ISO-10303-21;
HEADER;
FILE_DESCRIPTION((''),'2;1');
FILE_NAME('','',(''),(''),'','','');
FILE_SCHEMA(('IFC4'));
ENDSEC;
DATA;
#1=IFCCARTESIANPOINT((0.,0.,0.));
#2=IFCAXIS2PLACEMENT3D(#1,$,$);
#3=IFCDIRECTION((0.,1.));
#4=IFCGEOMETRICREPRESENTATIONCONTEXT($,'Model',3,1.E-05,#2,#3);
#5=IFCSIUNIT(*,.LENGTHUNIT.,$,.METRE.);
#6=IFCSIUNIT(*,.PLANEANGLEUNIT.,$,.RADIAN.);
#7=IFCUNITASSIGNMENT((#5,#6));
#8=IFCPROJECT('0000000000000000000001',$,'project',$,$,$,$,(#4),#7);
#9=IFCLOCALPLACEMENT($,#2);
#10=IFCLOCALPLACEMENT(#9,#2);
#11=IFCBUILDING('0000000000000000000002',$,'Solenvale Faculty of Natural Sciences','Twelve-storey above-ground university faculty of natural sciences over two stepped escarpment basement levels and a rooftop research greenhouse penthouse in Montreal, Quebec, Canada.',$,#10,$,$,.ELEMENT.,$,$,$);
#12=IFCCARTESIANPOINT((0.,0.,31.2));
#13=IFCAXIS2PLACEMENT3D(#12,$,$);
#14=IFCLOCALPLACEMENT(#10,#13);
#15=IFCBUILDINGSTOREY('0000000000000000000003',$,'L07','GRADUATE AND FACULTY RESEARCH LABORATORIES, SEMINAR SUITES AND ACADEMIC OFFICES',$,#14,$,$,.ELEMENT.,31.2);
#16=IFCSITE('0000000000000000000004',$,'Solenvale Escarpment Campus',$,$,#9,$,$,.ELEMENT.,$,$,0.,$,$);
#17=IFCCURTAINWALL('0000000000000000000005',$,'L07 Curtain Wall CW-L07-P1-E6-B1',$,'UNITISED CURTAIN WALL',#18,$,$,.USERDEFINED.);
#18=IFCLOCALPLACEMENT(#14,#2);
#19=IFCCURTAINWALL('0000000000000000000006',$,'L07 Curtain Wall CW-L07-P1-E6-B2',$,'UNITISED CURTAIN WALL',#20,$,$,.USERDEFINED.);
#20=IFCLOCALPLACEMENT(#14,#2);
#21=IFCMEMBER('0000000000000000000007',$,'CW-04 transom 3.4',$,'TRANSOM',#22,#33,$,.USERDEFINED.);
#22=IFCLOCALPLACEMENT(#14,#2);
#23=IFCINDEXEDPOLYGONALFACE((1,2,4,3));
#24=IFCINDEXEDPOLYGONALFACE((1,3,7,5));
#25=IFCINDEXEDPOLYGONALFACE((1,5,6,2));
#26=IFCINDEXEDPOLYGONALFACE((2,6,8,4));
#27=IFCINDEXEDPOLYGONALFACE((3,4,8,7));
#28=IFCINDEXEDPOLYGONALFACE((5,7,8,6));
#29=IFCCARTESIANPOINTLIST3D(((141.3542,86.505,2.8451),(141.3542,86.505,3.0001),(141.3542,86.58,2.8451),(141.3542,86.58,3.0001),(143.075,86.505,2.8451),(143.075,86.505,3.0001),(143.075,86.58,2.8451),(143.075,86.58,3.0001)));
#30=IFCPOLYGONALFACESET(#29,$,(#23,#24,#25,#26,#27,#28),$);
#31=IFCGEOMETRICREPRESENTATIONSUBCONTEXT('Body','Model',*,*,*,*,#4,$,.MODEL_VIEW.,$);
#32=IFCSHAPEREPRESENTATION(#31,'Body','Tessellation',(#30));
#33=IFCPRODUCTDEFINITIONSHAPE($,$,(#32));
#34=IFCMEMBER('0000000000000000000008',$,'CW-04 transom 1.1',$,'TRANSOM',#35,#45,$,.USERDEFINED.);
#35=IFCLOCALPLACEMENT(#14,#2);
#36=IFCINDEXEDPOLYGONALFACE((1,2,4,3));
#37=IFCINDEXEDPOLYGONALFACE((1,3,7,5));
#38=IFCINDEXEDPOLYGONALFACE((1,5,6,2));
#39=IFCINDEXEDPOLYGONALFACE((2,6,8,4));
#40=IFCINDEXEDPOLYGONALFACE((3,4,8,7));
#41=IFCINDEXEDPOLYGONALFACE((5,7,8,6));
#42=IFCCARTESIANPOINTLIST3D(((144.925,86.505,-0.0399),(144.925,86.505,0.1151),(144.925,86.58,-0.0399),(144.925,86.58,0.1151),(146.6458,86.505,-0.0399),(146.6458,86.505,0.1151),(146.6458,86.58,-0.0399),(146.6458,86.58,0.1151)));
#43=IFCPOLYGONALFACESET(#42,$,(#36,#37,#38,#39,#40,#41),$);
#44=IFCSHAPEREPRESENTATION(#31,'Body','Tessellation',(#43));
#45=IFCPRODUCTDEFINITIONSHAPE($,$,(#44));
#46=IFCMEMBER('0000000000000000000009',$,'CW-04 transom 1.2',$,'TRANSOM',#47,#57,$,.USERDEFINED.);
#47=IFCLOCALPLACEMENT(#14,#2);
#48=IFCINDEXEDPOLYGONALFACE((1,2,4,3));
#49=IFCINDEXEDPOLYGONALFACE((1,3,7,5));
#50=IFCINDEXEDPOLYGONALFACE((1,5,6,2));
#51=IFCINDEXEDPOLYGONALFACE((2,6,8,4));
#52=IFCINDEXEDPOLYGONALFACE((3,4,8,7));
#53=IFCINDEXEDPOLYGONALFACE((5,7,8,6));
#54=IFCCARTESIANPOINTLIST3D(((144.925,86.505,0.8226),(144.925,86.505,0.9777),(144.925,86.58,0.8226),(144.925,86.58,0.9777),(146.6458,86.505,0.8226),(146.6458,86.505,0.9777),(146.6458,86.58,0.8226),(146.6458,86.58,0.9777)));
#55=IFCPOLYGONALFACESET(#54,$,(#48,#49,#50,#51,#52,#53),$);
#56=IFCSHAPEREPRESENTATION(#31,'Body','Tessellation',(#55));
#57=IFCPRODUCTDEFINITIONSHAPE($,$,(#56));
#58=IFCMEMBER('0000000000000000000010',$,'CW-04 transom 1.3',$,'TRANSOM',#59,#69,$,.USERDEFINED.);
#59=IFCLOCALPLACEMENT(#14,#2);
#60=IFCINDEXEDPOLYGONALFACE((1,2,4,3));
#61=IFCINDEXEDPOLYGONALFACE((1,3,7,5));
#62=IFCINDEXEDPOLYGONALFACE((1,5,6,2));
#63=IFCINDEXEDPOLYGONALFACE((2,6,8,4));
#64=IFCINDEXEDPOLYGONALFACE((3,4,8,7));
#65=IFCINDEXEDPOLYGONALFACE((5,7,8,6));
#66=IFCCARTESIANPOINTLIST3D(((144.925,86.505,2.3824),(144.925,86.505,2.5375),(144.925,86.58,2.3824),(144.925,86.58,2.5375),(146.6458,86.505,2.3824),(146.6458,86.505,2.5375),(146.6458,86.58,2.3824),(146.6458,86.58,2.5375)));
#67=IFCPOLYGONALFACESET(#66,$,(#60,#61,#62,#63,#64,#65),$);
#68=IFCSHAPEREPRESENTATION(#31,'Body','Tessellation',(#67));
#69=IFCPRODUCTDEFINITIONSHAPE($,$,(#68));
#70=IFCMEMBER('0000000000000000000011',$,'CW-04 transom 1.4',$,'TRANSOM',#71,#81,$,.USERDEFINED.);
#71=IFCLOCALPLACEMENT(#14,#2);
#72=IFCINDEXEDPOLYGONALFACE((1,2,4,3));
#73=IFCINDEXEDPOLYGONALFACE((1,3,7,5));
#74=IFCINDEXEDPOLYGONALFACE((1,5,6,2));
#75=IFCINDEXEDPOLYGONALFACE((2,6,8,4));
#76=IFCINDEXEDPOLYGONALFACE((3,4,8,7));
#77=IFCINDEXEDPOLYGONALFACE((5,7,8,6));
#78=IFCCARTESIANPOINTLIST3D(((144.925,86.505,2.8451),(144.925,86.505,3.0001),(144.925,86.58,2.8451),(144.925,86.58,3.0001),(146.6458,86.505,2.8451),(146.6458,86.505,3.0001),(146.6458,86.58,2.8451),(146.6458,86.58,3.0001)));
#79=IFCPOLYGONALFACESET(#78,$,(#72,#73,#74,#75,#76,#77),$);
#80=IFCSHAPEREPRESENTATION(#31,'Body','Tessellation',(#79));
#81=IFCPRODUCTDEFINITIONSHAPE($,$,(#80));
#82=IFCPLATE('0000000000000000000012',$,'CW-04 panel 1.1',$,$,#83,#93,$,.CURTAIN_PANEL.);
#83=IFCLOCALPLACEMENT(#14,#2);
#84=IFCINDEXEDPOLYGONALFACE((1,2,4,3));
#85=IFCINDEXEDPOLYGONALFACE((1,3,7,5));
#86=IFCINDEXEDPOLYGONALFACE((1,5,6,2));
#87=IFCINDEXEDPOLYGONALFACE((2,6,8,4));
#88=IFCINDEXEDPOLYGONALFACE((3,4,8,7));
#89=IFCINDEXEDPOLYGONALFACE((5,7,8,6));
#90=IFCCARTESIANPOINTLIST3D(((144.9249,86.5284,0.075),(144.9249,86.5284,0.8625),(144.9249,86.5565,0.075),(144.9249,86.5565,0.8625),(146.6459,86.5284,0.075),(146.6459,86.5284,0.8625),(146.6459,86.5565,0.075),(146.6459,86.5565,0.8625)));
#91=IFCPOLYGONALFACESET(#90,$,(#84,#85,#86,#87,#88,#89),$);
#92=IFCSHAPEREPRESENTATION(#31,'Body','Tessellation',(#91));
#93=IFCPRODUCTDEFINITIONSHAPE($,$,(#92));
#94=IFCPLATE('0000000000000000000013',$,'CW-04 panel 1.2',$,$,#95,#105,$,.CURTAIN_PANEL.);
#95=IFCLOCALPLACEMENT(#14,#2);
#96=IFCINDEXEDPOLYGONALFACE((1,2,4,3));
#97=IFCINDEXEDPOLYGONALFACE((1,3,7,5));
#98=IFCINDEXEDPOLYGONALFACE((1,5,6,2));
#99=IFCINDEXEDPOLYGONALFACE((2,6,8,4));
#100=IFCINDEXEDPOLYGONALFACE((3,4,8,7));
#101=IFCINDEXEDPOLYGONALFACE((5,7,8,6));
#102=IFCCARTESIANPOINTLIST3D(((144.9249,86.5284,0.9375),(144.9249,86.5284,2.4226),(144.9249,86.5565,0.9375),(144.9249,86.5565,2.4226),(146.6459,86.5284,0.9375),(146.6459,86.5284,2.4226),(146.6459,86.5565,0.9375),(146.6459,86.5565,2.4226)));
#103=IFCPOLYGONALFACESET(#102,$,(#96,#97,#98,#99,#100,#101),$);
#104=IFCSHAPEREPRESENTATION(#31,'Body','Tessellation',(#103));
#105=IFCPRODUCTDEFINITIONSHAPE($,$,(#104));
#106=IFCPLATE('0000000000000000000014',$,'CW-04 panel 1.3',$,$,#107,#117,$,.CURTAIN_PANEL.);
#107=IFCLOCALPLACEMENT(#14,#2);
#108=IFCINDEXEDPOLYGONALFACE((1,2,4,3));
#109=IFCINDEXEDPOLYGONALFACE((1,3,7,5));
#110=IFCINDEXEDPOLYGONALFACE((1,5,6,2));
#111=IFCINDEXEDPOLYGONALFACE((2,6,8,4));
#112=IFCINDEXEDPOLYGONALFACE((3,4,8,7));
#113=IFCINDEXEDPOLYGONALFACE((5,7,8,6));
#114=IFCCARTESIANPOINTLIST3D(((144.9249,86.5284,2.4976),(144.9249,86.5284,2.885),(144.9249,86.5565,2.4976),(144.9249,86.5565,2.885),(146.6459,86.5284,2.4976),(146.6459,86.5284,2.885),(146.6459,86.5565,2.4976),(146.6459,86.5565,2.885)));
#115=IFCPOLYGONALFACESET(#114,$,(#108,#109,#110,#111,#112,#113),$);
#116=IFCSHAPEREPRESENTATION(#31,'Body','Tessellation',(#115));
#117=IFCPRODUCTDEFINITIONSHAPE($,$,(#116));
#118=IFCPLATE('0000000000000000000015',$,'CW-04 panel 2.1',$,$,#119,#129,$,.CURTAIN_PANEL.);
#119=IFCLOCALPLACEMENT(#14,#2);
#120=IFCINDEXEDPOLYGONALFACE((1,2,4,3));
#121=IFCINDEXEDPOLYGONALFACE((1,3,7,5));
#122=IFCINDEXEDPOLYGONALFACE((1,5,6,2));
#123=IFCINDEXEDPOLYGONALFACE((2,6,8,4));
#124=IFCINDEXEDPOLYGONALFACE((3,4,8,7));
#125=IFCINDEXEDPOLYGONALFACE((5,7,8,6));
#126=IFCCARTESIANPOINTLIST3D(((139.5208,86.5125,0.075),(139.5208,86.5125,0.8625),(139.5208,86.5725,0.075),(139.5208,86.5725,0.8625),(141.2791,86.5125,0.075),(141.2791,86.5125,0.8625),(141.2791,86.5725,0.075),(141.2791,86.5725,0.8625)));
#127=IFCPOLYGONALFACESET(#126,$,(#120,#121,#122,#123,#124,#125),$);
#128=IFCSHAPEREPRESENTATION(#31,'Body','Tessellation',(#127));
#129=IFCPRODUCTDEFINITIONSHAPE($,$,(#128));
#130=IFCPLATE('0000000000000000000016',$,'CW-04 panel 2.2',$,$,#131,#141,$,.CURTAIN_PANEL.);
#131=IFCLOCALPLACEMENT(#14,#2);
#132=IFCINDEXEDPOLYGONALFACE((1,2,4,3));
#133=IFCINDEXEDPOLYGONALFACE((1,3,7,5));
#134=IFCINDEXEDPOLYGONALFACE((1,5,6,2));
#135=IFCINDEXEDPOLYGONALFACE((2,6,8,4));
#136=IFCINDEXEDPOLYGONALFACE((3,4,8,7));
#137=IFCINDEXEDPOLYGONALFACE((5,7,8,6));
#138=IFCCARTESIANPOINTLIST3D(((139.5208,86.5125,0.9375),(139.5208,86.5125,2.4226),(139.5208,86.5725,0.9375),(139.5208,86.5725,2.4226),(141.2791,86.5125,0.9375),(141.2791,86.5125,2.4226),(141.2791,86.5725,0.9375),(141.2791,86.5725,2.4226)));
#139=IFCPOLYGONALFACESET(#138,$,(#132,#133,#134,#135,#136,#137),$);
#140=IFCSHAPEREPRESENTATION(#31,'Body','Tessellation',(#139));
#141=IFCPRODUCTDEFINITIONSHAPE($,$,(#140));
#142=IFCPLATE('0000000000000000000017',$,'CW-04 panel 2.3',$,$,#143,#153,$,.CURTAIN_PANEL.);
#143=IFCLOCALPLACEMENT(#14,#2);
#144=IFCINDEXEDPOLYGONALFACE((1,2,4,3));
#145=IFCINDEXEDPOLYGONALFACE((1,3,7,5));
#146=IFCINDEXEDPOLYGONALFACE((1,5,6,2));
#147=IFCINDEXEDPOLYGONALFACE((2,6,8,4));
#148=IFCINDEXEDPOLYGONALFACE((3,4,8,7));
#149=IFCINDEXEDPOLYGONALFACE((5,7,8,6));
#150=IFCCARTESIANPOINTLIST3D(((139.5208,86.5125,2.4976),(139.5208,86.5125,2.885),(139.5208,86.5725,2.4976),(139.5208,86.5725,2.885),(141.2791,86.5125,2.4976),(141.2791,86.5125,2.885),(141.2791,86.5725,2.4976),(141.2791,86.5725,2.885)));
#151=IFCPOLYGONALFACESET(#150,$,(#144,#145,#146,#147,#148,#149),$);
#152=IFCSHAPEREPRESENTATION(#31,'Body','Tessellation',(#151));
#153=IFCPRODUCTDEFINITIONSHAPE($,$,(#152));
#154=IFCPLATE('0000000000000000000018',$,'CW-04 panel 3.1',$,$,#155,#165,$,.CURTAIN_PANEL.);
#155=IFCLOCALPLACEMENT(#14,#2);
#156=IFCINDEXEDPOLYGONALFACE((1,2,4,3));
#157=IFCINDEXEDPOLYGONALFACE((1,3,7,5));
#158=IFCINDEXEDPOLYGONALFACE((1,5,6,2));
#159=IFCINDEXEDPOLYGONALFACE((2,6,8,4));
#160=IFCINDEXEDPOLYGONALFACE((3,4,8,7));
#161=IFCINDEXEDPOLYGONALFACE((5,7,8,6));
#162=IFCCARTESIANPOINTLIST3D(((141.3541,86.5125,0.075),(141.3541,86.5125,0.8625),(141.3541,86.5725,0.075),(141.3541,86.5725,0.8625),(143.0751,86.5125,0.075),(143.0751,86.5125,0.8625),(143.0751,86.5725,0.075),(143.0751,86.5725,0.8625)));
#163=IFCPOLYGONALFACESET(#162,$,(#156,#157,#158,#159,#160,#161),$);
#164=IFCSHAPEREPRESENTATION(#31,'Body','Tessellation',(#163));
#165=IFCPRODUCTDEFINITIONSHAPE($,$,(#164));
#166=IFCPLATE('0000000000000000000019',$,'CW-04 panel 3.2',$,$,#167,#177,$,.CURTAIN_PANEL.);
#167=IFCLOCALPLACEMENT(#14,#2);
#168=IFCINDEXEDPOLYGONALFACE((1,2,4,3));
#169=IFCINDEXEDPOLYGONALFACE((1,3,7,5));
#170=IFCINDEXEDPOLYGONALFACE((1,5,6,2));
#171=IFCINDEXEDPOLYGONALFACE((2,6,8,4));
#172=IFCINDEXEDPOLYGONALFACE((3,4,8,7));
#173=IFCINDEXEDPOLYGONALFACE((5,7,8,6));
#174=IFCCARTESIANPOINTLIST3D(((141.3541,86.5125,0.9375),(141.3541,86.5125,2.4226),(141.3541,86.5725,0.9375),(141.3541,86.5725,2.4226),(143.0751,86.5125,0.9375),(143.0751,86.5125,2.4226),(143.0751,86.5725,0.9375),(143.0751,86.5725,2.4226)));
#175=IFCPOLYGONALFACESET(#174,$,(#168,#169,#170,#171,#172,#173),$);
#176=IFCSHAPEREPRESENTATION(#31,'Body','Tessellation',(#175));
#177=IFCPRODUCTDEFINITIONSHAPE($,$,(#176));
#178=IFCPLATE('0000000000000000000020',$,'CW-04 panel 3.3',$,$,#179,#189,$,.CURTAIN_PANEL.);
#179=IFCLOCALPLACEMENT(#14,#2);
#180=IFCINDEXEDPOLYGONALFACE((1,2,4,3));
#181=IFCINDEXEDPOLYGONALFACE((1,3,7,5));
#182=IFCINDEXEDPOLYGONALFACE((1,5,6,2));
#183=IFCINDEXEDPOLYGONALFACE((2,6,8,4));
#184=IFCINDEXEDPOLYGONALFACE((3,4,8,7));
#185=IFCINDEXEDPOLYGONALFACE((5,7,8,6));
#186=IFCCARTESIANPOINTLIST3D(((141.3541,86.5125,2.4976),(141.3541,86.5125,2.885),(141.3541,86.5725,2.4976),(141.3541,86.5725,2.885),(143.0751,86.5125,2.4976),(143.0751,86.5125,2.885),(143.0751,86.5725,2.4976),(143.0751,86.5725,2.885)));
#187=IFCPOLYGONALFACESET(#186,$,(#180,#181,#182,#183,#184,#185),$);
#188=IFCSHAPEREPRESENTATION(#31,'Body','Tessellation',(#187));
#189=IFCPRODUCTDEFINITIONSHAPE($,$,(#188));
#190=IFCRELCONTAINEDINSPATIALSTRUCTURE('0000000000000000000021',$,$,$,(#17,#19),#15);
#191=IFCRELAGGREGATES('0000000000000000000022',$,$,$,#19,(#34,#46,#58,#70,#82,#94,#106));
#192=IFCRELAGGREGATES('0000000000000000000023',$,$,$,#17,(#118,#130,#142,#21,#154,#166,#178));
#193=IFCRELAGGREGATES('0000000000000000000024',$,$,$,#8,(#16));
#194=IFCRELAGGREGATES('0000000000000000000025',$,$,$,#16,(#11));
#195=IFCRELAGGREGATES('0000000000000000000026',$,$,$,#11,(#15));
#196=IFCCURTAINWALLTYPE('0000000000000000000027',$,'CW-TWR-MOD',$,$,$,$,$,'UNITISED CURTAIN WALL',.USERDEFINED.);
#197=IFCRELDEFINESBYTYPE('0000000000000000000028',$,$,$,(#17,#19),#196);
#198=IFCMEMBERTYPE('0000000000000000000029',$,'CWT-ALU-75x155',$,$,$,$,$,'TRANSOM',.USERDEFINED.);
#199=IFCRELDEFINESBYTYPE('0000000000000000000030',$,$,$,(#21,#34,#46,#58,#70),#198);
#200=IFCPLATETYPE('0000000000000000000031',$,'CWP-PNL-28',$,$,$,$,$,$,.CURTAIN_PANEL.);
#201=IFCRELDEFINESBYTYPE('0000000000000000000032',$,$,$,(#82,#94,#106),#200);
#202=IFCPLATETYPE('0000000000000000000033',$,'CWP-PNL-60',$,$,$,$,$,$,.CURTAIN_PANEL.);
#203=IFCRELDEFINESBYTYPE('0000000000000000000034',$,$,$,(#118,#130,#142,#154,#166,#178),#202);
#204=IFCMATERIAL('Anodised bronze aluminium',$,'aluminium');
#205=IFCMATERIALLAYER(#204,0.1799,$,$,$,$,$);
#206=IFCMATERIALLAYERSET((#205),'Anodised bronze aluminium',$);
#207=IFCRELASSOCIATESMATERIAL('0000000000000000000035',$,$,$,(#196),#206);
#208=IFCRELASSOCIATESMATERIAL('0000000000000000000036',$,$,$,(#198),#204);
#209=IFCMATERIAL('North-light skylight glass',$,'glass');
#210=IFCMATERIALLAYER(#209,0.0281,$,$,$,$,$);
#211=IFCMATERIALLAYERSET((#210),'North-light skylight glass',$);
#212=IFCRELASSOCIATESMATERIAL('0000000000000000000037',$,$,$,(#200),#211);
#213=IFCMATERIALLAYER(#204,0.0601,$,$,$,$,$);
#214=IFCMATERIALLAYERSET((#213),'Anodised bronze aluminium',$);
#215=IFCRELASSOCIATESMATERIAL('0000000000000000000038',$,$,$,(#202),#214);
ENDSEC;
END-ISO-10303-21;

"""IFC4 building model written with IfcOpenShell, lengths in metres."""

from ifc_helpers import new_model, si_unit, direction, frame, origin, origin_2d, place, context, subcontext, project, spatial, rectangle, extrude, material, layer, layer_set, material_profile, profile_set, type_object, element, aggregate, save


model = new_model("IFC4")

# Units and contexts
model_context = context("Model", 3, precision=1e-05, world=origin(), true_north=direction((0.0, 1.0)))
body_context = subcontext(model_context, "Body", "Model", "MODEL_VIEW")
ifc_project = project(units=[si_unit("LENGTHUNIT", "METRE"), si_unit("PLANEANGLEUNIT", "RADIAN")], contexts=[model_context])

# Site, building, storey
site_placement = place(None, origin())
site = spatial("IfcSite", under=ifc_project, at=site_placement, Name="Solenvale Escarpment Campus", CompositionType="ELEMENT", RefElevation=0.0)
building_placement = place(site_placement, origin())
building = spatial("IfcBuilding", under=site, at=building_placement, Name="Solenvale Faculty of Natural Sciences", Description="Twelve-storey above-ground university faculty of natural sciences over two stepped escarpment basement levels and a rooftop research greenhouse penthouse in Montreal, Quebec, Canada.", CompositionType="ELEMENT")
storey_placement = place(building_placement, frame((0.0, 0.0, 31.2)))
storey = spatial("IfcBuildingStorey", under=building, at=storey_placement, Name="L07", Description="GRADUATE AND FACULTY RESEARCH LABORATORIES, SEMINAR SUITES AND ACADEMIC OFFICES", CompositionType="ELEMENT", Elevation=31.2)

# Curtain walls
ifc_material_1 = material(Name="Anodised bronze aluminium", Category="aluminium")
ifc_layer_1 = layer(ifc_material_1, 0.1799)
ifc_layer_set_1 = layer_set([ifc_layer_1], Name="Anodised bronze aluminium")
curtain_wall_type = type_object("IfcCurtainWallType", Name="CW-TWR-MOD", ElementType="UNITISED CURTAIN WALL", PredefinedType="USERDEFINED", material=ifc_layer_set_1)
curtain_wall_1_placement = place(storey_placement, origin())
curtain_wall_1 = element("IfcCurtainWall", 1, at=curtain_wall_1_placement, inside=storey, type_object=curtain_wall_type, Name="L07 Curtain Wall CW-L07-P1-E6-B1", ObjectType="UNITISED CURTAIN WALL", PredefinedType="USERDEFINED")
curtain_wall_2_placement = place(storey_placement, origin())
curtain_wall_2 = element("IfcCurtainWall", 2, at=curtain_wall_2_placement, inside=storey, type_object=curtain_wall_type, Name="L07 Curtain Wall CW-L07-P1-E6-B2", ObjectType="UNITISED CURTAIN WALL", PredefinedType="USERDEFINED")

# Members
ifc_material_profile_1 = material_profile(ifc_material_1, rectangle(XDim=0.075, YDim=0.155, at=origin_2d()), Name="ALU-TRN-75x155")
ifc_profile_set_1 = profile_set([ifc_material_profile_1], Name="Anodised bronze aluminium")
member_type_1 = type_object("IfcMemberType", Name="CWT-ALU-75x155", ElementType="TRANSOM", PredefinedType="USERDEFINED", material=ifc_profile_set_1)
member_1_placement = place(storey_placement, frame((141.3542, 86.5425, 2.9226), z_axis=(1.0, 0.0, 0.0), x_axis=(0.0, 1.0, 0.0)))
member_1 = element("IfcMember", 3, at=member_1_placement, type_object=member_type_1, Name="CW-04 transom 3.4", ObjectType="TRANSOM", PredefinedType="USERDEFINED", context=body_context, shape_type="SweptSolid", body=[
    extrude(rectangle(XDim=0.075, YDim=0.155, at=origin_2d()), origin(), (0.0, 0.0, 1.0), 1.7207),
])
member_2_placement = place(storey_placement, frame((144.925, 86.5425, 0.0376), z_axis=(1.0, 0.0, 0.0), x_axis=(0.0, 1.0, 0.0)))
member_2 = element("IfcMember", 4, at=member_2_placement, type_object=member_type_1, Name="CW-04 transom 1.1", ObjectType="TRANSOM", PredefinedType="USERDEFINED", context=body_context, shape_type="SweptSolid", body=[
    extrude(rectangle(XDim=0.075, YDim=0.155, at=origin_2d()), origin(), (0.0, 0.0, 1.0), 1.7207),
])
member_3_placement = place(storey_placement, frame((144.925, 86.5425, 0.9001), z_axis=(1.0, 0.0, 0.0), x_axis=(0.0, 1.0, 0.0)))
member_3 = element("IfcMember", 5, at=member_3_placement, type_object=member_type_1, Name="CW-04 transom 1.2", ObjectType="TRANSOM", PredefinedType="USERDEFINED", context=body_context, shape_type="SweptSolid", body=[
    extrude(rectangle(XDim=0.075, YDim=0.155, at=origin_2d()), origin(), (0.0, 0.0, 1.0), 1.7207),
])
member_4_placement = place(storey_placement, frame((144.925, 86.5425, 2.46), z_axis=(1.0, 0.0, 0.0), x_axis=(0.0, 1.0, 0.0)))
member_4 = element("IfcMember", 6, at=member_4_placement, type_object=member_type_1, Name="CW-04 transom 1.3", ObjectType="TRANSOM", PredefinedType="USERDEFINED", context=body_context, shape_type="SweptSolid", body=[
    extrude(rectangle(XDim=0.075, YDim=0.155, at=origin_2d()), origin(), (0.0, 0.0, 1.0), 1.7207),
])
member_5_placement = place(storey_placement, frame((144.925, 86.5425, 2.9226), z_axis=(1.0, 0.0, 0.0), x_axis=(0.0, 1.0, 0.0)))
member_5 = element("IfcMember", 7, at=member_5_placement, type_object=member_type_1, Name="CW-04 transom 1.4", ObjectType="TRANSOM", PredefinedType="USERDEFINED", context=body_context, shape_type="SweptSolid", body=[
    extrude(rectangle(XDim=0.075, YDim=0.155, at=origin_2d()), origin(), (0.0, 0.0, 1.0), 1.7207),
])

# Plates
ifc_material_2 = material(Name="North-light skylight glass", Category="glass")
ifc_layer_2 = layer(ifc_material_2, 0.0281)
ifc_layer_set_2 = layer_set([ifc_layer_2], Name="North-light skylight glass")
plate_type_1 = type_object("IfcPlateType", Name="CWP-PNL-28", PredefinedType="CURTAIN_PANEL", material=ifc_layer_set_2)
plate_1_placement = place(storey_placement, frame((145.7854, 86.5425, 0.075), z_axis=(0.0, 0.0, 1.0), x_axis=(1.0, 0.0, 0.0)))
plate_1 = element("IfcPlate", 8, at=plate_1_placement, type_object=plate_type_1, Name="CW-04 panel 1.1", PredefinedType="CURTAIN_PANEL", context=body_context, shape_type="SweptSolid", body=[
    extrude(rectangle(XDim=1.7209, YDim=0.0281, at=origin_2d()), origin(), (0.0, 0.0, 1.0), 0.7876),
])
plate_2_placement = place(storey_placement, frame((145.7854, 86.5425, 0.9375), z_axis=(0.0, 0.0, 1.0), x_axis=(1.0, 0.0, 0.0)))
plate_2 = element("IfcPlate", 9, at=plate_2_placement, type_object=plate_type_1, Name="CW-04 panel 1.2", PredefinedType="CURTAIN_PANEL", context=body_context, shape_type="SweptSolid", body=[
    extrude(rectangle(XDim=1.7209, YDim=0.0281, at=origin_2d()), origin(), (0.0, 0.0, 1.0), 1.4851),
])
plate_3_placement = place(storey_placement, frame((145.7854, 86.5425, 2.4976), z_axis=(0.0, 0.0, 1.0), x_axis=(1.0, 0.0, 0.0)))
plate_3 = element("IfcPlate", 10, at=plate_3_placement, type_object=plate_type_1, Name="CW-04 panel 1.3", PredefinedType="CURTAIN_PANEL", context=body_context, shape_type="SweptSolid", body=[
    extrude(rectangle(XDim=1.7209, YDim=0.0281, at=origin_2d()), origin(), (0.0, 0.0, 1.0), 0.3875),
])
aggregate(curtain_wall_2, [member_2, member_3, member_4, member_5, plate_1, plate_2, plate_3])
ifc_layer_3 = layer(ifc_material_1, 0.0601)
ifc_layer_set_3 = layer_set([ifc_layer_3], Name="Anodised bronze aluminium")
plate_type_2 = type_object("IfcPlateType", Name="CWP-PNL-60", PredefinedType="CURTAIN_PANEL", material=ifc_layer_set_3)
plate_4_placement = place(storey_placement, frame((140.3999, 86.5425, 0.075), z_axis=(0.0, 0.0, 1.0), x_axis=(1.0, 0.0, 0.0)))
plate_4 = element("IfcPlate", 11, at=plate_4_placement, type_object=plate_type_2, Name="CW-04 panel 2.1", PredefinedType="CURTAIN_PANEL", context=body_context, shape_type="SweptSolid", body=[
    extrude(rectangle(XDim=1.7583, YDim=0.0601, at=origin_2d()), origin(), (0.0, 0.0, 1.0), 0.7876),
])
plate_5_placement = place(storey_placement, frame((140.3999, 86.5425, 0.9375), z_axis=(0.0, 0.0, 1.0), x_axis=(1.0, 0.0, 0.0)))
plate_5 = element("IfcPlate", 12, at=plate_5_placement, type_object=plate_type_2, Name="CW-04 panel 2.2", PredefinedType="CURTAIN_PANEL", context=body_context, shape_type="SweptSolid", body=[
    extrude(rectangle(XDim=1.7583, YDim=0.0601, at=origin_2d()), origin(), (0.0, 0.0, 1.0), 1.4851),
])
plate_6_placement = place(storey_placement, frame((140.3999, 86.5425, 2.4976), z_axis=(0.0, 0.0, 1.0), x_axis=(1.0, 0.0, 0.0)))
plate_6 = element("IfcPlate", 13, at=plate_6_placement, type_object=plate_type_2, Name="CW-04 panel 2.3", PredefinedType="CURTAIN_PANEL", context=body_context, shape_type="SweptSolid", body=[
    extrude(rectangle(XDim=1.7583, YDim=0.0601, at=origin_2d()), origin(), (0.0, 0.0, 1.0), 0.3875),
])
plate_7_placement = place(storey_placement, frame((142.2146, 86.5425, 0.075), z_axis=(0.0, 0.0, 1.0), x_axis=(1.0, 0.0, 0.0)))
plate_7 = element("IfcPlate", 14, at=plate_7_placement, type_object=plate_type_2, Name="CW-04 panel 3.1", PredefinedType="CURTAIN_PANEL", context=body_context, shape_type="SweptSolid", body=[
    extrude(rectangle(XDim=1.7209, YDim=0.0601, at=origin_2d()), origin(), (0.0, 0.0, 1.0), 0.7876),
])
plate_8_placement = place(storey_placement, frame((142.2146, 86.5425, 0.9375), z_axis=(0.0, 0.0, 1.0), x_axis=(1.0, 0.0, 0.0)))
plate_8 = element("IfcPlate", 15, at=plate_8_placement, type_object=plate_type_2, Name="CW-04 panel 3.2", PredefinedType="CURTAIN_PANEL", context=body_context, shape_type="SweptSolid", body=[
    extrude(rectangle(XDim=1.7209, YDim=0.0601, at=origin_2d()), origin(), (0.0, 0.0, 1.0), 1.4851),
])
plate_9_placement = place(storey_placement, frame((142.2146, 86.5425, 2.4976), z_axis=(0.0, 0.0, 1.0), x_axis=(1.0, 0.0, 0.0)))
plate_9 = element("IfcPlate", 16, at=plate_9_placement, type_object=plate_type_2, Name="CW-04 panel 3.3", PredefinedType="CURTAIN_PANEL", context=body_context, shape_type="SweptSolid", body=[
    extrude(rectangle(XDim=1.7209, YDim=0.0601, at=origin_2d()), origin(), (0.0, 0.0, 1.0), 0.3875),
])
aggregate(curtain_wall_1, [plate_4, plate_5, plate_6, member_1, plate_7, plate_8, plate_9])

save(model, "model.ifc")
